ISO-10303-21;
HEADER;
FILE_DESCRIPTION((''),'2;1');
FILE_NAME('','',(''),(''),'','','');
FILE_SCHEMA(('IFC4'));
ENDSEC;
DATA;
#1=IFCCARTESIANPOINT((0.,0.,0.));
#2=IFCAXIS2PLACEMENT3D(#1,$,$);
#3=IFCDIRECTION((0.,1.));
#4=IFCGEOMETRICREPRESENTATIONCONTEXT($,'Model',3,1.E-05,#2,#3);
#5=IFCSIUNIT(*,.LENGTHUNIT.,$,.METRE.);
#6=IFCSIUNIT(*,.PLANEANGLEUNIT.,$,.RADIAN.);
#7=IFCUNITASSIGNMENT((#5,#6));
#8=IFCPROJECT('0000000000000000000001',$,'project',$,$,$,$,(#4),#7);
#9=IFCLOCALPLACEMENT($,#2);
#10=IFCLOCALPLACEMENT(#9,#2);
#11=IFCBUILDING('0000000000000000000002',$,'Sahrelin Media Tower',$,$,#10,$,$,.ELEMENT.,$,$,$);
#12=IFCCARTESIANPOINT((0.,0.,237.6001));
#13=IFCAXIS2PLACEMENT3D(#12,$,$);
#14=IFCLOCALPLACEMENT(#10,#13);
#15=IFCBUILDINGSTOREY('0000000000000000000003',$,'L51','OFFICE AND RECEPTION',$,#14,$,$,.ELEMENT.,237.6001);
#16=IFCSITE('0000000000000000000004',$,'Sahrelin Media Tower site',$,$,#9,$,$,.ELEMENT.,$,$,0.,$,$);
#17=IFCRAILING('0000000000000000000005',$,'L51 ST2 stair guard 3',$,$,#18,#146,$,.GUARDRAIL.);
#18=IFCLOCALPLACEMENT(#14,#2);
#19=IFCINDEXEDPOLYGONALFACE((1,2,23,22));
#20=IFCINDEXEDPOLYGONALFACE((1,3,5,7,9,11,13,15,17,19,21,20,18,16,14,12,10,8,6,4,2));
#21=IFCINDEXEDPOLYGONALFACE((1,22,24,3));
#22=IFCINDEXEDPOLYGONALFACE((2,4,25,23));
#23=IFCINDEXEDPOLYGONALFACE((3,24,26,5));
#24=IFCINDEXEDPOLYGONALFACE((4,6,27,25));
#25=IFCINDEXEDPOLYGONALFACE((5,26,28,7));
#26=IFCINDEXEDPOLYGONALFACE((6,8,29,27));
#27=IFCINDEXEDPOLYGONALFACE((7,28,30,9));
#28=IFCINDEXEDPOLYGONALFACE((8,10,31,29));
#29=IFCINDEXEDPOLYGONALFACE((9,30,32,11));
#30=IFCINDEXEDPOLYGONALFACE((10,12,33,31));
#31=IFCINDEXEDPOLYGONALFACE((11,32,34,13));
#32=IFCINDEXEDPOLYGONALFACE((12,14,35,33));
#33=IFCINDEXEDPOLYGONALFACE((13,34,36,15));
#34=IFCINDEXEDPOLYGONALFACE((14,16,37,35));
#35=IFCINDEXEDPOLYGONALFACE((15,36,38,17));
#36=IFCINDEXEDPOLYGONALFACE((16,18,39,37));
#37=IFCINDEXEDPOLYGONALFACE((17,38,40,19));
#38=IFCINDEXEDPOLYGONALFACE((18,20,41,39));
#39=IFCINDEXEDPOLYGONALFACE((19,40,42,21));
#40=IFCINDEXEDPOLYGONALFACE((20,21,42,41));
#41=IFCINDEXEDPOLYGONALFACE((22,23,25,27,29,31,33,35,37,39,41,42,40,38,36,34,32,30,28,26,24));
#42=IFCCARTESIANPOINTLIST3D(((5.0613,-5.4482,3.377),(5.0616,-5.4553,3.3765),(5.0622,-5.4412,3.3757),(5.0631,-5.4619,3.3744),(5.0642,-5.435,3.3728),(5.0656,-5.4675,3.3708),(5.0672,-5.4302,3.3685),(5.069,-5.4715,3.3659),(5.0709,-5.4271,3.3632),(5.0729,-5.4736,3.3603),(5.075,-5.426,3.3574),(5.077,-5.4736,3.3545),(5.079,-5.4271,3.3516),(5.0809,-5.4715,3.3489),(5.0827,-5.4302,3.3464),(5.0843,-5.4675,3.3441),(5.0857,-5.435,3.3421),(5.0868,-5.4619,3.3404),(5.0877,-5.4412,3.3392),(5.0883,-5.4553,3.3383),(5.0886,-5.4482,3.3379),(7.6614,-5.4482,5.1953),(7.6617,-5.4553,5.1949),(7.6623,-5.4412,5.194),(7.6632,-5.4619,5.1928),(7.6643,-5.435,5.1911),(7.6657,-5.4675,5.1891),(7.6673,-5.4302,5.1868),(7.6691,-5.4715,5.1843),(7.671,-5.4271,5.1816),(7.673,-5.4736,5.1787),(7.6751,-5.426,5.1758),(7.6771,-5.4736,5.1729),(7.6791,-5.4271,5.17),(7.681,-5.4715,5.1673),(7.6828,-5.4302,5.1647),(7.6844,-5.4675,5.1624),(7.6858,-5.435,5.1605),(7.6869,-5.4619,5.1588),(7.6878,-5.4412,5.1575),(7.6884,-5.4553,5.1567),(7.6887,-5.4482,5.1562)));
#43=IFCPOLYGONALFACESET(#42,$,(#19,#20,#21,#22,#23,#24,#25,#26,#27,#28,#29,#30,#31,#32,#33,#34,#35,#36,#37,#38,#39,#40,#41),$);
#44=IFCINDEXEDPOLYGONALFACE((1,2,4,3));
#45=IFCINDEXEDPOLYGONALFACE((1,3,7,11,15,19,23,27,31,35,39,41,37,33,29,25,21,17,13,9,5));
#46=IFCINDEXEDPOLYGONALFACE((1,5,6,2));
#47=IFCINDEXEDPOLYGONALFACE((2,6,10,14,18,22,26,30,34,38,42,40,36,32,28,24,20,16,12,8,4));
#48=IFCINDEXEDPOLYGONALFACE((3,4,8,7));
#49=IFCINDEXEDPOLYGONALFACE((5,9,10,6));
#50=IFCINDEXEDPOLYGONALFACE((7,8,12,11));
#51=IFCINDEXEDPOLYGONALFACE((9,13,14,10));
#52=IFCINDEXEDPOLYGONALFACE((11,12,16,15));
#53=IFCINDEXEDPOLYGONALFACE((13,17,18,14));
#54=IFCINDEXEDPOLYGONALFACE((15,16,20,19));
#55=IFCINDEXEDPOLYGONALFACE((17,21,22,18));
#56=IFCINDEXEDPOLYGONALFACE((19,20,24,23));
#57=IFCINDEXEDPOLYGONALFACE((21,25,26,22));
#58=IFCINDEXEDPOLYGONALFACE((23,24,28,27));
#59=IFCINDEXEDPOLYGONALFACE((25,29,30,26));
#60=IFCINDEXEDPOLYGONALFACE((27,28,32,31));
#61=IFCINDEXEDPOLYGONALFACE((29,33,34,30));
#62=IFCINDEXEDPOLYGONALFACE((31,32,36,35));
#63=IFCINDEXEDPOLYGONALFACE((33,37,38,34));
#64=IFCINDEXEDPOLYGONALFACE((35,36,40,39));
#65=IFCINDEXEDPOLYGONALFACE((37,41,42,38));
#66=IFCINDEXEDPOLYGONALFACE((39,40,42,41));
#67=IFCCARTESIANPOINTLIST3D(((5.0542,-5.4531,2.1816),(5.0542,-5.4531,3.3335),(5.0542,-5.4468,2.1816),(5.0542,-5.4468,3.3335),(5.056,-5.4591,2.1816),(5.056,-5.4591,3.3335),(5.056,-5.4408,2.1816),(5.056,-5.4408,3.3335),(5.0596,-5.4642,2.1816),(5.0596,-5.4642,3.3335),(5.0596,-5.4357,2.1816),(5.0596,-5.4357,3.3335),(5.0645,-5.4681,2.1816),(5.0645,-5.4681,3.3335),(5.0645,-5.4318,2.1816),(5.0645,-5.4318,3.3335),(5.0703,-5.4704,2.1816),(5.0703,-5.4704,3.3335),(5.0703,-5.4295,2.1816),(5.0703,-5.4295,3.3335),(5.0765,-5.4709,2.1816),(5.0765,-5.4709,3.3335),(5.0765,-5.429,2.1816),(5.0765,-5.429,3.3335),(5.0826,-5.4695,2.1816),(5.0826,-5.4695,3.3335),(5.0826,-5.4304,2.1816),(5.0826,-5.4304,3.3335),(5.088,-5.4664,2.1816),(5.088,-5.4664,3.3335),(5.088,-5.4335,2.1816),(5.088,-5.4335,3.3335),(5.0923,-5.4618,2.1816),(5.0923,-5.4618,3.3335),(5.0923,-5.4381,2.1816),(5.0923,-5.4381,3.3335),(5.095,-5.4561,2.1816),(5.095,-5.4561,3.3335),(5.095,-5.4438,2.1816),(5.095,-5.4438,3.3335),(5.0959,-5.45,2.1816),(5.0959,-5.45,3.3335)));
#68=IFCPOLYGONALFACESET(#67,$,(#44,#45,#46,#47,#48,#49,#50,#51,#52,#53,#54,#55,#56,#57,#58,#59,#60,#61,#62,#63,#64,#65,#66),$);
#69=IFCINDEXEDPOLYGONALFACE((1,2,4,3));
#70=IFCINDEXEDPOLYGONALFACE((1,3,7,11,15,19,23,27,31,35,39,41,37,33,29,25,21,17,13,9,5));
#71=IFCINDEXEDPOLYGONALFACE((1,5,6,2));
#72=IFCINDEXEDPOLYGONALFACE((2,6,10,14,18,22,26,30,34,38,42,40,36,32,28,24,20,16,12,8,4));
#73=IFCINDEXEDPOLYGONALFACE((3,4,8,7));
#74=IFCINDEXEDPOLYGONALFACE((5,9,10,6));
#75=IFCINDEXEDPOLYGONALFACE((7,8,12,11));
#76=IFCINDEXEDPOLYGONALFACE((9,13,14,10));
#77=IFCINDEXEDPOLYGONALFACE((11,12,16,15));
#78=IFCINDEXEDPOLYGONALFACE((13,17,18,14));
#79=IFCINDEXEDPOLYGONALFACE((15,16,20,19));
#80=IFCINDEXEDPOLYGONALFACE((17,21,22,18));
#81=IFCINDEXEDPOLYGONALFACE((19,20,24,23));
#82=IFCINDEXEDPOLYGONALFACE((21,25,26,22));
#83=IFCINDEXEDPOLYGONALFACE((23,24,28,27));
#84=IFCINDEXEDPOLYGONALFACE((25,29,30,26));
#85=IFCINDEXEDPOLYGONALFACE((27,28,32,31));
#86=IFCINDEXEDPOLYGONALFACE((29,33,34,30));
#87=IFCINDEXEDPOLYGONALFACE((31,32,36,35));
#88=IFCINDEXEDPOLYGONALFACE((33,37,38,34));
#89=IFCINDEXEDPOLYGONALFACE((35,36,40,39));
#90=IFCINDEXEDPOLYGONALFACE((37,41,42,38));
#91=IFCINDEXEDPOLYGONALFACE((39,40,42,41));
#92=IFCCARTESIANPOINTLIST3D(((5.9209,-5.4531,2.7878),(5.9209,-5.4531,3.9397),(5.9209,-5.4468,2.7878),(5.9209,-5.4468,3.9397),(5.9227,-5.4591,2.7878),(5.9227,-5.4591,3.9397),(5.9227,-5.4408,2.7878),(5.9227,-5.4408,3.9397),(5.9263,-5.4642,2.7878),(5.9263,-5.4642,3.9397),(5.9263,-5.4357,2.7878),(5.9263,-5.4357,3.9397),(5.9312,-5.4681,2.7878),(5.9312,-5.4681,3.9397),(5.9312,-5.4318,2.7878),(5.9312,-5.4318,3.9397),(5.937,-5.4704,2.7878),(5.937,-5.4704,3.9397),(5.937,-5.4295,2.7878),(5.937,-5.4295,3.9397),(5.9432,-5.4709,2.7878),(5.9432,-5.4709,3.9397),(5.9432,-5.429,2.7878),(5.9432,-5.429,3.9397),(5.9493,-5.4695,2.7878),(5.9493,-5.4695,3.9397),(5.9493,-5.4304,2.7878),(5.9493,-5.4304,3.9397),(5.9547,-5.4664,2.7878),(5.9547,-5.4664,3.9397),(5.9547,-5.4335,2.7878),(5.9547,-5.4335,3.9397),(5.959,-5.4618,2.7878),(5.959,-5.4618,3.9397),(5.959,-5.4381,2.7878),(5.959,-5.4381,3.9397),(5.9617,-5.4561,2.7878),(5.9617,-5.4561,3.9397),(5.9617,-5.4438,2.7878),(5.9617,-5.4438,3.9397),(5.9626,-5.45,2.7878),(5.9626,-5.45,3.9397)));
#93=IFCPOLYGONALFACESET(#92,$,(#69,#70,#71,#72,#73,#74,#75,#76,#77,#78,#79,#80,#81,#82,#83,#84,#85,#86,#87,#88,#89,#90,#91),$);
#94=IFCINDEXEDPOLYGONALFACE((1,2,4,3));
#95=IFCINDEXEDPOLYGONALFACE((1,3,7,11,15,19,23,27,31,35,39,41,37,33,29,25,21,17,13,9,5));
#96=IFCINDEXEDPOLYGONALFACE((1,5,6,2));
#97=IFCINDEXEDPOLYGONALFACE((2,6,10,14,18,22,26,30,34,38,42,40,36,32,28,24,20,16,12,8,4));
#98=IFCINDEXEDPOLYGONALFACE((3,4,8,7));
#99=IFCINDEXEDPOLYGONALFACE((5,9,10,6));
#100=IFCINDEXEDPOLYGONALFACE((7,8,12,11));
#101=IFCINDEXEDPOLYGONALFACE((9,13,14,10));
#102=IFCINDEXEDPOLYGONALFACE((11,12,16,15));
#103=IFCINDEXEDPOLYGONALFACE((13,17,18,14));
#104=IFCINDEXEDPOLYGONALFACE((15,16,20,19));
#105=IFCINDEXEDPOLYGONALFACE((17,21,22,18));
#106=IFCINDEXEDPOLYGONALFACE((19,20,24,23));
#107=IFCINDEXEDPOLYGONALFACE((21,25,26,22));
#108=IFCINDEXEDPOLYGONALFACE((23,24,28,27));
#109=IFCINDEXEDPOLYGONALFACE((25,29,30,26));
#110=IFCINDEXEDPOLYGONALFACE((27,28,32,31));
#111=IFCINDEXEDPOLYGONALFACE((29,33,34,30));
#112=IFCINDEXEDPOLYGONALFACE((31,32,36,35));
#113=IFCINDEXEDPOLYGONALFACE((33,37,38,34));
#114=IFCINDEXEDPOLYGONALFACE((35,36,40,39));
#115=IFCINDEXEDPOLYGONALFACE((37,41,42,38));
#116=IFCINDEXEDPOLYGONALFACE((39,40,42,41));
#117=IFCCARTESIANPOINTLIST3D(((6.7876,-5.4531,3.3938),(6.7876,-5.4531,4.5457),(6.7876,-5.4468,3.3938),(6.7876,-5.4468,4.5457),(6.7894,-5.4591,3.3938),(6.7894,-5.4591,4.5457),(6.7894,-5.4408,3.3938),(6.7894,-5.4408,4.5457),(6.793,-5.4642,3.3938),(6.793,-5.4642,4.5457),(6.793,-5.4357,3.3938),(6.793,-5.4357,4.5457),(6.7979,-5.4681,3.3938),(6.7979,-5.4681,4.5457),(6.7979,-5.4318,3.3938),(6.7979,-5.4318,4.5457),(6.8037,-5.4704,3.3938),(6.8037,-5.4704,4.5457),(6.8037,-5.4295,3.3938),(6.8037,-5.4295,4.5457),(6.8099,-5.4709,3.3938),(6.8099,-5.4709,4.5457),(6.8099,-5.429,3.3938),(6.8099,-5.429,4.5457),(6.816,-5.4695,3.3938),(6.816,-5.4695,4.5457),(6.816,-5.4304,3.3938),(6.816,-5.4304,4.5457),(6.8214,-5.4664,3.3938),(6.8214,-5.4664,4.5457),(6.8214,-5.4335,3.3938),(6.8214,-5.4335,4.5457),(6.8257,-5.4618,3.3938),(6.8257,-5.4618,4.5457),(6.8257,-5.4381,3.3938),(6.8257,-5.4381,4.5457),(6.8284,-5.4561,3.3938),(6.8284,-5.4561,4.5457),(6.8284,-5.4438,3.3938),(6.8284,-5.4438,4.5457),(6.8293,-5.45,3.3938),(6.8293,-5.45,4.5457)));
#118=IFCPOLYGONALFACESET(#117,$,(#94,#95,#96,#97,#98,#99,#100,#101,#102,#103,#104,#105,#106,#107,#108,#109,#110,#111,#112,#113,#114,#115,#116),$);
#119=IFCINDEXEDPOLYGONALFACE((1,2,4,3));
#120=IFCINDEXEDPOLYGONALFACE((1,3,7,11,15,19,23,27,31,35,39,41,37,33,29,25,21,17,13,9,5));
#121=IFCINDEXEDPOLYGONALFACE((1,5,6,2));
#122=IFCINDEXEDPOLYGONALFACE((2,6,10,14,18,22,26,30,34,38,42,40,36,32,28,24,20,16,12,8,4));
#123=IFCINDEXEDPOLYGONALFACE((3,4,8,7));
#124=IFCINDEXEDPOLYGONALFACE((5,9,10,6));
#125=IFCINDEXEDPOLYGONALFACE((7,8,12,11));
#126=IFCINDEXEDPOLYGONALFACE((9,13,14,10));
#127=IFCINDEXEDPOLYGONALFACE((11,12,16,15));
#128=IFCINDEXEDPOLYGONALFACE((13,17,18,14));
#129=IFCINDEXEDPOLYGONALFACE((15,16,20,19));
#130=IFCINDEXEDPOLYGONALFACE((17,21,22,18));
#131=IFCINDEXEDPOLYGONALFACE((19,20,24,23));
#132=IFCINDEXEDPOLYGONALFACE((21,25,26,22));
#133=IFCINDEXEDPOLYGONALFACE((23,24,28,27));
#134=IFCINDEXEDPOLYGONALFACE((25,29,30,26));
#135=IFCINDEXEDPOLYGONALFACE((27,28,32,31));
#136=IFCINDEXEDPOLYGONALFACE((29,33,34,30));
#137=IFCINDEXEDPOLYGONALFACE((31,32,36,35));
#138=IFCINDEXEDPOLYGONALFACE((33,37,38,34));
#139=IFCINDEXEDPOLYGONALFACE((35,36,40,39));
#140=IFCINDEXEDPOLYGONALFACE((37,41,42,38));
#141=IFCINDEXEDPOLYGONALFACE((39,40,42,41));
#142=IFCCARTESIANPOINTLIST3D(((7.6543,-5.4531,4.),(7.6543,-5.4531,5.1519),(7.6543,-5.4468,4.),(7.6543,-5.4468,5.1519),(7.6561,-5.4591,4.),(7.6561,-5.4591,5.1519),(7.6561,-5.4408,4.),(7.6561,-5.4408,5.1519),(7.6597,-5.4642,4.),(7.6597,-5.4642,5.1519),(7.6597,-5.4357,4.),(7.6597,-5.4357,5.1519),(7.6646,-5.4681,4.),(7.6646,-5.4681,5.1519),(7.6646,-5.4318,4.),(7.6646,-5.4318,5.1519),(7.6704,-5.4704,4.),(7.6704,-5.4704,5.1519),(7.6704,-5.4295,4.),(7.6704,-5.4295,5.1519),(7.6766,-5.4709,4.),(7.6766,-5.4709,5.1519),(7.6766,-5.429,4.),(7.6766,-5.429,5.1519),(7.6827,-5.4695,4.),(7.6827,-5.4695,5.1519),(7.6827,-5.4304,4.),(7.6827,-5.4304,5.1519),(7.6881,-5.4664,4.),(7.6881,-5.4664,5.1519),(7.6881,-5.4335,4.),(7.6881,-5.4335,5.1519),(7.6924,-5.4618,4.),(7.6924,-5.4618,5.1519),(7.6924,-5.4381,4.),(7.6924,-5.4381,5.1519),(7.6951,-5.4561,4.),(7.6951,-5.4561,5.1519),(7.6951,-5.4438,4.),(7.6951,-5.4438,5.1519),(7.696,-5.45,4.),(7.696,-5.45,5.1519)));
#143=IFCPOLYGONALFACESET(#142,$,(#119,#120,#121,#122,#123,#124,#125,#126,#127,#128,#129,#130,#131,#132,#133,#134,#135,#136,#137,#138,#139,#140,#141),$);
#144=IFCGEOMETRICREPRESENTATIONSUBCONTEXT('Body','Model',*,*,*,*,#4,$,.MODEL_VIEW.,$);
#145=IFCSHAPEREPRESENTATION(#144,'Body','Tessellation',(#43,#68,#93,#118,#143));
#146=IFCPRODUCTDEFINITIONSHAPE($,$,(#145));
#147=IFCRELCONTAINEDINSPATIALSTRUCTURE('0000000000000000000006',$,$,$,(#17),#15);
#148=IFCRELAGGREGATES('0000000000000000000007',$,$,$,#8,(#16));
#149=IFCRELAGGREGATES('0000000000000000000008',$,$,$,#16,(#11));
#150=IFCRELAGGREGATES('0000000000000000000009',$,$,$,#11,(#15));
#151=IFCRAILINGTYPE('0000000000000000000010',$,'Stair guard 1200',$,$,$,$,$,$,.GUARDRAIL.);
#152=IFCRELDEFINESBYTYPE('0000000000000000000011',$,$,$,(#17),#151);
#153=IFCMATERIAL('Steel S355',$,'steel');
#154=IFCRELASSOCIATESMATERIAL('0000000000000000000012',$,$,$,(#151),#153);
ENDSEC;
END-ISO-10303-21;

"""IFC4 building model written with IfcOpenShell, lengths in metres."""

from ifc_helpers import new_model, si_unit, direction, frame, origin, origin_2d, place, context, subcontext, project, spatial, circle, extrude, material, type_object, element, save


model = new_model("IFC4")

# Units and contexts
model_context = context("Model", 3, precision=1e-05, world=origin(), true_north=direction((0.0, 1.0)))
body_context = subcontext(model_context, "Body", "Model", "MODEL_VIEW")
ifc_project = project(units=[si_unit("LENGTHUNIT", "METRE"), si_unit("PLANEANGLEUNIT", "RADIAN")], contexts=[model_context])

# Site, building, storey
site_placement = place(None, origin())
site = spatial("IfcSite", under=ifc_project, at=site_placement, Name="Sahrelin Media Tower site", CompositionType="ELEMENT", RefElevation=0.0)
building_placement = place(site_placement, origin())
building = spatial("IfcBuilding", under=site, at=building_placement, Name="Sahrelin Media Tower", CompositionType="ELEMENT")
storey_placement = place(building_placement, frame((0.0, 0.0, 237.6001)))
storey = spatial("IfcBuildingStorey", under=building, at=storey_placement, Name="L51", Description="OFFICE AND RECEPTION", CompositionType="ELEMENT", Elevation=237.6001)

# Shared definitions
ifc_material_1 = material(Name="Steel S355", Category="steel")

# Railing
railing_type_1 = type_object("IfcRailingType", Name="Stair guard 1200", PredefinedType="GUARDRAIL", material=ifc_material_1)
railing_1_placement = place(storey_placement, frame((5.075, -5.45, 2.1816)))
element("IfcRailing", 1, at=railing_1_placement, inside=storey, type_object=railing_type_1, Name="L51 ST2 stair guard 3", PredefinedType="GUARDRAIL", context=body_context, shape_type="SweptSolid", body=[
    extrude(circle(Radius=0.0239, at=origin_2d()), frame((0.0, 0.0, 1.1758), z_axis=(0.819485, 0.0, 0.573101), x_axis=(0.0, 1.0, 0.0)), (0.0, 0.0, 1.0), 3.1729),
    extrude(circle(Radius=0.021, at=origin_2d()), origin(), (0.0, 0.0, 1.0), 1.1519),
    extrude(circle(Radius=0.021, at=origin_2d()), frame((0.8667, 0.0, 0.6062)), (0.0, 0.0, 1.0), 1.1519),
    extrude(circle(Radius=0.021, at=origin_2d()), frame((1.7334, 0.0, 1.2122)), (0.0, 0.0, 1.0), 1.1519),
    extrude(circle(Radius=0.021, at=origin_2d()), frame((2.6001, 0.0, 1.8184)), (0.0, 0.0, 1.0), 1.1519),
])

save(model, "model.ifc")
